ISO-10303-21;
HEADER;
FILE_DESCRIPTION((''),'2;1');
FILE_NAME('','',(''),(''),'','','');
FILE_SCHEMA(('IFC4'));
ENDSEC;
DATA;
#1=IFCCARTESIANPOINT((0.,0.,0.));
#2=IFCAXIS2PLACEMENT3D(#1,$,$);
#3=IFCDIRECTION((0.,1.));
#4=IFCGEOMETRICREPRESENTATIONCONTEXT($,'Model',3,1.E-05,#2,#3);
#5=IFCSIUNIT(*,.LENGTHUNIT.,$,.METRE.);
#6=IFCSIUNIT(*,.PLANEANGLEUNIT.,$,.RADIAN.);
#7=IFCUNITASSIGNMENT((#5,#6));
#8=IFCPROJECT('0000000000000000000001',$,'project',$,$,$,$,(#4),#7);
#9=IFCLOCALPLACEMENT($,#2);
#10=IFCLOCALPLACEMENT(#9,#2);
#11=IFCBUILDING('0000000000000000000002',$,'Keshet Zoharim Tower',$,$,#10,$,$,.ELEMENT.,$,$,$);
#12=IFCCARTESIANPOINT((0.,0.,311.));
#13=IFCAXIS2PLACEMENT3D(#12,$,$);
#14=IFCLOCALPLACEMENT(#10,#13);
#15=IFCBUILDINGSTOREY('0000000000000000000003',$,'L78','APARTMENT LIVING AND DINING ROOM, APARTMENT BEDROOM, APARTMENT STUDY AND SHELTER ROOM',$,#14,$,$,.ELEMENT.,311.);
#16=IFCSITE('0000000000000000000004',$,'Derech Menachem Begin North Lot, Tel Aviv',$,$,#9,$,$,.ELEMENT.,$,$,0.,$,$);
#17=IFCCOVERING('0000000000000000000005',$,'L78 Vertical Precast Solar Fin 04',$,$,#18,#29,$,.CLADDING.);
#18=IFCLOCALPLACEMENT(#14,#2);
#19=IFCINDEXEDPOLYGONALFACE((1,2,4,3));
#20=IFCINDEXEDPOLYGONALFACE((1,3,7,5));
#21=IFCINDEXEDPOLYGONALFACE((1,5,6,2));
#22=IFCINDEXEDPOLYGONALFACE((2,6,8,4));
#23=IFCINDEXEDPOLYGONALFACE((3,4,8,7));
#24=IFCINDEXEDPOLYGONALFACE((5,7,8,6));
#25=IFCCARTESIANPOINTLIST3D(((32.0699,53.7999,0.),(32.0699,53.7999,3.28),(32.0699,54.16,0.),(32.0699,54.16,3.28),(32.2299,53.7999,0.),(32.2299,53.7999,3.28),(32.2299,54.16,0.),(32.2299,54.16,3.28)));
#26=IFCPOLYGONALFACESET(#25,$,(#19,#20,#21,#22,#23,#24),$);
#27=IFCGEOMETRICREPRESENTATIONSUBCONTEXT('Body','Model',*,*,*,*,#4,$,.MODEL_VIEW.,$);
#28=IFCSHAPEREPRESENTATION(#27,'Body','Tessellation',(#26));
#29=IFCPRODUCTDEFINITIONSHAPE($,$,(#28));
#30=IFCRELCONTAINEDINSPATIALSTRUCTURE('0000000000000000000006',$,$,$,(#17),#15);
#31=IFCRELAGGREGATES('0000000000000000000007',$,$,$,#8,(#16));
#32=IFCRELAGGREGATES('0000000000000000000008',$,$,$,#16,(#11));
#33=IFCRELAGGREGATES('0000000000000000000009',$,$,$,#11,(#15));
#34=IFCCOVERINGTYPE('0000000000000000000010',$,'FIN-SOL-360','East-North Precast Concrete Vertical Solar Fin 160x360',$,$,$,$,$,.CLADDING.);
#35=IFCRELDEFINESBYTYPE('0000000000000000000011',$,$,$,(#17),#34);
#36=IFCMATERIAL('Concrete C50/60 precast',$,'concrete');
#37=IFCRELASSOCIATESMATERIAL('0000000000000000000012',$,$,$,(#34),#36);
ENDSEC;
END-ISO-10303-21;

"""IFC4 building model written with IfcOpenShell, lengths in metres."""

from ifc_helpers import new_model, si_unit, direction, frame, origin, origin_2d, place, context, subcontext, project, spatial, rectangle, extrude, material, type_object, element, save


model = new_model("IFC4")

# Units and contexts
model_context = context("Model", 3, precision=1e-05, world=origin(), true_north=direction((0.0, 1.0)))
body_context = subcontext(model_context, "Body", "Model", "MODEL_VIEW")
ifc_project = project(units=[si_unit("LENGTHUNIT", "METRE"), si_unit("PLANEANGLEUNIT", "RADIAN")], contexts=[model_context])

# Site, building, storey
site_placement = place(None, origin())
site = spatial("IfcSite", under=ifc_project, at=site_placement, Name="Derech Menachem Begin North Lot, Tel Aviv", CompositionType="ELEMENT", RefElevation=0.0)
building_placement = place(site_placement, origin())
building = spatial("IfcBuilding", under=site, at=building_placement, Name="Keshet Zoharim Tower", CompositionType="ELEMENT")
storey_placement = place(building_placement, frame((0.0, 0.0, 311.0)))
storey = spatial("IfcBuildingStorey", under=building, at=storey_placement, Name="L78", Description="APARTMENT LIVING AND DINING ROOM, APARTMENT BEDROOM, APARTMENT STUDY AND SHELTER ROOM", CompositionType="ELEMENT", Elevation=311.0)

# Covering
ifc_material_1 = material(Name="Concrete C50/60 precast", Category="concrete")
covering_type = type_object("IfcCoveringType", Name="FIN-SOL-360", Description="East-North Precast Concrete Vertical Solar Fin 160x360", PredefinedType="CLADDING", material=ifc_material_1)
covering_placement = place(storey_placement, frame((32.1499, 53.98, 0.0), z_axis=(0.0, 0.0, 1.0), x_axis=(1.0, 0.0, 0.0)))
element("IfcCovering", 1, at=covering_placement, inside=storey, type_object=covering_type, Name="L78 Vertical Precast Solar Fin 04", PredefinedType="CLADDING", context=body_context, shape_type="SweptSolid", body=[
    extrude(rectangle(XDim=0.1599, YDim=0.3601, at=origin_2d()), origin(), (0.0, 0.0, 1.0), 3.28),
])

save(model, "model.ifc")
